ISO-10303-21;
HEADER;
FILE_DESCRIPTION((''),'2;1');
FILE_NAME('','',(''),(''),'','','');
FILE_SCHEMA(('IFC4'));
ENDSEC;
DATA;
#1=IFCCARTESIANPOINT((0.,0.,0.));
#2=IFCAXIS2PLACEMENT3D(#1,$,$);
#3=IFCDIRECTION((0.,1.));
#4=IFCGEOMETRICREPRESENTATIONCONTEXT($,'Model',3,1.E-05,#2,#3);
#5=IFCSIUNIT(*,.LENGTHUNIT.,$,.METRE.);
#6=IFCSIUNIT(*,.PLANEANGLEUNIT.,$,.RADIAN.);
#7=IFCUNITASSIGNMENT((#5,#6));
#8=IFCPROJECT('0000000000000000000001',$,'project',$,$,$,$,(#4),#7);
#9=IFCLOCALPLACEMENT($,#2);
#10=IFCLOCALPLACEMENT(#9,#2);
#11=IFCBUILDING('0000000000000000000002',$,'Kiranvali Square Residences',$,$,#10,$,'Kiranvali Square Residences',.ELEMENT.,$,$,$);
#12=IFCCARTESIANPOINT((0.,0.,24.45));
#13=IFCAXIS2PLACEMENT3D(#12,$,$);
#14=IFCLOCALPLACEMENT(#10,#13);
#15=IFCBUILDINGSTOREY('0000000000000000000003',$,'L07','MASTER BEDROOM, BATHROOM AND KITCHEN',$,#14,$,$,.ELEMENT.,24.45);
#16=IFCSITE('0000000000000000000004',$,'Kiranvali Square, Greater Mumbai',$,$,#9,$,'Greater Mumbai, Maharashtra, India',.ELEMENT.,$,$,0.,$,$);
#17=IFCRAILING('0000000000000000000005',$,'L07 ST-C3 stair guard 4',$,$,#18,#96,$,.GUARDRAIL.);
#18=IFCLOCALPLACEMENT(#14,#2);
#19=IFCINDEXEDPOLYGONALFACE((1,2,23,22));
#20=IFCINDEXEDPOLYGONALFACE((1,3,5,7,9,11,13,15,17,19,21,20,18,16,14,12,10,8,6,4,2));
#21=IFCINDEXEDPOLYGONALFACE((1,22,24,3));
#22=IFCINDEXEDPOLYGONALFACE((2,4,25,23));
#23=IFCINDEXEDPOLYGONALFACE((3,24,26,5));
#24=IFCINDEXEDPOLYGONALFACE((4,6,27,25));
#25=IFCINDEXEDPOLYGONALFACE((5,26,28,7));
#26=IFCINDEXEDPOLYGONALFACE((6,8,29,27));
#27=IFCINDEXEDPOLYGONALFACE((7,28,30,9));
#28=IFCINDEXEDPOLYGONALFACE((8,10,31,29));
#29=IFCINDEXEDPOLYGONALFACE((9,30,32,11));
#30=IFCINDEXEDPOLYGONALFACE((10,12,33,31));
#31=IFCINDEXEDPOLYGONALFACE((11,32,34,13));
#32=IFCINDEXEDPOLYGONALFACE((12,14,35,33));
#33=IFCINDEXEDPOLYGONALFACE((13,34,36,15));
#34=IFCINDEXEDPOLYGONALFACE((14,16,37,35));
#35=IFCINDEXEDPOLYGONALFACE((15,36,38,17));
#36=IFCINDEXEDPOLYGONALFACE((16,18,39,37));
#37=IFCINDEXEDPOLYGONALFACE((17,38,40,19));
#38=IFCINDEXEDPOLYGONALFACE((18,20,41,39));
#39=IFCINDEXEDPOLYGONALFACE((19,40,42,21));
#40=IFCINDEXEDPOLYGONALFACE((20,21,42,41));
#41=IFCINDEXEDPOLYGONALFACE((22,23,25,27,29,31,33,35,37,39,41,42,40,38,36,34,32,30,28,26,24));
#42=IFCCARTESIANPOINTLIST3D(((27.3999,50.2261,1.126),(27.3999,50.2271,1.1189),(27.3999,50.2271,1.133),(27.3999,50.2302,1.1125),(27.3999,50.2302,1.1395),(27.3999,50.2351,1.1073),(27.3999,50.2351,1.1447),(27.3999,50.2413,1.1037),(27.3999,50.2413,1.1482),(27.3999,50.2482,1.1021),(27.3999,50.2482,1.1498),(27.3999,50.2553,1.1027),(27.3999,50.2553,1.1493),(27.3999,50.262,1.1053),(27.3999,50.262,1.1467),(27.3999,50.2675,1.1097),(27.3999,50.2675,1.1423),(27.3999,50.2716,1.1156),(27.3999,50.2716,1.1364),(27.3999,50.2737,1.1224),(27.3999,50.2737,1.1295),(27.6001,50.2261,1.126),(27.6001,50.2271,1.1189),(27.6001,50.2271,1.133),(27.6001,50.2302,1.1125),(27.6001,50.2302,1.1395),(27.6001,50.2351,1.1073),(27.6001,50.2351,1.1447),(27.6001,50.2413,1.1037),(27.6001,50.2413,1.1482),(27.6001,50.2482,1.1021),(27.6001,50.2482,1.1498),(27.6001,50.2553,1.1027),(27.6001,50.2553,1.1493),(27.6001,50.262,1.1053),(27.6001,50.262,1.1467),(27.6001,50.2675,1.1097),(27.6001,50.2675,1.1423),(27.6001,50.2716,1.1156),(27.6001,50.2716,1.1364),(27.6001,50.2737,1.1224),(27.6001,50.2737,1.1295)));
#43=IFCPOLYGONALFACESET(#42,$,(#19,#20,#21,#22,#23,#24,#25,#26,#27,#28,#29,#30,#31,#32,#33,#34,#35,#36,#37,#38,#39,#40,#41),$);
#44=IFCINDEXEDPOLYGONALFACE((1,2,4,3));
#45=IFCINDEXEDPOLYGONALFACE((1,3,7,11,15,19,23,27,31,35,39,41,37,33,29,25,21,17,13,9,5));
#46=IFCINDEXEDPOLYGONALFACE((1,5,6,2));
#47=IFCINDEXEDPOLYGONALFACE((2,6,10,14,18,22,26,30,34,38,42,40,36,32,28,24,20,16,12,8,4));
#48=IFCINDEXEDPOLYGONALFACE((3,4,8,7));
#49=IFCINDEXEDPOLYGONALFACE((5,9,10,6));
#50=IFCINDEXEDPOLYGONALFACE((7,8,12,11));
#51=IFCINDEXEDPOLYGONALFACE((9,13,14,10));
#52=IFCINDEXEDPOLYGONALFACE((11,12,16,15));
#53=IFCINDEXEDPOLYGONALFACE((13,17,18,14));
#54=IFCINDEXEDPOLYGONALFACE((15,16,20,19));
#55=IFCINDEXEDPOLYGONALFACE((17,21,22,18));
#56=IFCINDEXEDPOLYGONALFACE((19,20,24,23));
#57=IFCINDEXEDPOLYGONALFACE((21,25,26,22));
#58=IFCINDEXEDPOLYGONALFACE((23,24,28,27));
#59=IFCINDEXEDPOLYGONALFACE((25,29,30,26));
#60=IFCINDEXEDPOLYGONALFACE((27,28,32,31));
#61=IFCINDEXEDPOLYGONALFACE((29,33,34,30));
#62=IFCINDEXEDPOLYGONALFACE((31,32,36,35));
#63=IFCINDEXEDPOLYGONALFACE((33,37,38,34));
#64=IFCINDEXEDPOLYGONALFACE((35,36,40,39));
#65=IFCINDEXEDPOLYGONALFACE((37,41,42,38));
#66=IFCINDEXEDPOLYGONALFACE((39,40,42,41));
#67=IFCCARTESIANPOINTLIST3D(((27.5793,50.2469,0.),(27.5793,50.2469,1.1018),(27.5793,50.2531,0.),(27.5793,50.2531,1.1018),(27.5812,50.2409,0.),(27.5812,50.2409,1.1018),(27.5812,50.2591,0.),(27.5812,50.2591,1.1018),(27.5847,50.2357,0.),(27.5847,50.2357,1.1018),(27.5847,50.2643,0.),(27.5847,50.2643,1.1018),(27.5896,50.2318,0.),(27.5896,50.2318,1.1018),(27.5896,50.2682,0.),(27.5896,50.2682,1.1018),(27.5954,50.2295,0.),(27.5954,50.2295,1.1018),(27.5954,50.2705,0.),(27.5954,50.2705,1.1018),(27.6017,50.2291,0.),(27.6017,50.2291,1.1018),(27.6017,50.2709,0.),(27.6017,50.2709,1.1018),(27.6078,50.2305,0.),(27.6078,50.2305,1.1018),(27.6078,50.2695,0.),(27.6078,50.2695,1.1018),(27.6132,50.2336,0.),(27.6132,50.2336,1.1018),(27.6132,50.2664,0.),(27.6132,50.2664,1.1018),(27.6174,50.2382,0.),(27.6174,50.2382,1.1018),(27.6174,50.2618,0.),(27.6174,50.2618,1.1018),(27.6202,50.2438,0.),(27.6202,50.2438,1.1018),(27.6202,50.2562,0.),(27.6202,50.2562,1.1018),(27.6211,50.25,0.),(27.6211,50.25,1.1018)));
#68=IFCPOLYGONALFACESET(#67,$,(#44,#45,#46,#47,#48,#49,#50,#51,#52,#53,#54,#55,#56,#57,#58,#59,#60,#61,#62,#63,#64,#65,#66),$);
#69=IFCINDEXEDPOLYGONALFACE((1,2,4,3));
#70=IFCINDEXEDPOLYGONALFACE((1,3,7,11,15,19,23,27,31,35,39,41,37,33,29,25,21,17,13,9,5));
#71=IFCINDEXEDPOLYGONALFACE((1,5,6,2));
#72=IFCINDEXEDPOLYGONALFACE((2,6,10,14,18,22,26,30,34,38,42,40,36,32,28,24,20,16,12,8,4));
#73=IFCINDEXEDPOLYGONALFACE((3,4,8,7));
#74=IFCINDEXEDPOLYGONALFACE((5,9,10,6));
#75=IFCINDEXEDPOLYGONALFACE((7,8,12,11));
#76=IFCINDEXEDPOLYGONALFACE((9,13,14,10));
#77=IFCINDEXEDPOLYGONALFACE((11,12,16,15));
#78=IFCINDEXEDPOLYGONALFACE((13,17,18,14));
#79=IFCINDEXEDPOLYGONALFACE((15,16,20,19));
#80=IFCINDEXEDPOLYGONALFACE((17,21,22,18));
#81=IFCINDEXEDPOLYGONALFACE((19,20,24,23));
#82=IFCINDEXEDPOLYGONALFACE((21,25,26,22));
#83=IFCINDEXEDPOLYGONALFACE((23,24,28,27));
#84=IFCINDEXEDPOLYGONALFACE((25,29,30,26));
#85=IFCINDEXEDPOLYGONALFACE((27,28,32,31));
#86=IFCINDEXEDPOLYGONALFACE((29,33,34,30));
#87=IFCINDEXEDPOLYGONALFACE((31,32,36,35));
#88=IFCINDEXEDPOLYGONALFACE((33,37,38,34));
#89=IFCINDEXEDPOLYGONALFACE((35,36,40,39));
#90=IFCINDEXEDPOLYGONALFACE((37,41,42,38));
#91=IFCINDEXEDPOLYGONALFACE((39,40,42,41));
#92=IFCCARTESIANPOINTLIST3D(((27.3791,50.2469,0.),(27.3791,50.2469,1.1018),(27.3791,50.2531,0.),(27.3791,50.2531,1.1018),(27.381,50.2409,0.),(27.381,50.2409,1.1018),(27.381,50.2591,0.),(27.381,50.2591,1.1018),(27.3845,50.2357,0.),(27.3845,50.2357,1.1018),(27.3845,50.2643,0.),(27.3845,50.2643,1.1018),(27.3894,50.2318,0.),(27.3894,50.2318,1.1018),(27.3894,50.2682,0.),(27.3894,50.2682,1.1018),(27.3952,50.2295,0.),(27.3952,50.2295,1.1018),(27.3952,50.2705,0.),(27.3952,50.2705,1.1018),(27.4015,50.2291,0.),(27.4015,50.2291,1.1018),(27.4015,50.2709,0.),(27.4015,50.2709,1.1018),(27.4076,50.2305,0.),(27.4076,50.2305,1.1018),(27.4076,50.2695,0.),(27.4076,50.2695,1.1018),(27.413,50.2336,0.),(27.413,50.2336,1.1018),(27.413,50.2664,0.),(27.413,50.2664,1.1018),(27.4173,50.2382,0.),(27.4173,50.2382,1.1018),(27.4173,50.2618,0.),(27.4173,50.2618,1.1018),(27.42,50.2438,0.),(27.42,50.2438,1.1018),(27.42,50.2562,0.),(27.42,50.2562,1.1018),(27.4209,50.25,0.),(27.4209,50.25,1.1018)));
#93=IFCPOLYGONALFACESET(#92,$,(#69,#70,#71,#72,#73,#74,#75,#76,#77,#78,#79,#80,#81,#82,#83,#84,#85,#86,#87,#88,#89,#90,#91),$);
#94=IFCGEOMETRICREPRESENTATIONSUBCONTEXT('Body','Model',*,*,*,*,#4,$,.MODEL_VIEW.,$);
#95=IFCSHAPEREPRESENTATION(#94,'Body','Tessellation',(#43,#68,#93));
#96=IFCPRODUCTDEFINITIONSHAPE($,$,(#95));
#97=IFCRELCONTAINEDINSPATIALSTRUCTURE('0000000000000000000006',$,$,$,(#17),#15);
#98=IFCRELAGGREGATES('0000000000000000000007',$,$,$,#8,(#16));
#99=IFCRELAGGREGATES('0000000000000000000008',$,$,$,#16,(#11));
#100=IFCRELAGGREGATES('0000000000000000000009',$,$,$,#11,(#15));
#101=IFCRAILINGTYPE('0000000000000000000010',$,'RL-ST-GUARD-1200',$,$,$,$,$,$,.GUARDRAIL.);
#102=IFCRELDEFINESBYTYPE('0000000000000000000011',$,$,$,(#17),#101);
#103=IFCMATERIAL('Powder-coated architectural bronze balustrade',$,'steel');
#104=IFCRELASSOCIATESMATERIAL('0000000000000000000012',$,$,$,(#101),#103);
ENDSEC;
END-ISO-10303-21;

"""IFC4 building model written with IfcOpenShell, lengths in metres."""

from ifc_helpers import new_model, si_unit, direction, frame, origin, origin_2d, place, context, subcontext, project, spatial, circle, extrude, material, type_object, element, save


model = new_model("IFC4")

# Units and contexts
model_context = context("Model", 3, precision=1e-05, world=origin(), true_north=direction((0.0, 1.0)))
body_context = subcontext(model_context, "Body", "Model", "MODEL_VIEW")
ifc_project = project(units=[si_unit("LENGTHUNIT", "METRE"), si_unit("PLANEANGLEUNIT", "RADIAN")], contexts=[model_context])

# Site, building, storey
site_placement = place(None, origin())
site = spatial("IfcSite", under=ifc_project, at=site_placement, Name="Kiranvali Square, Greater Mumbai", LongName="Greater Mumbai, Maharashtra, India", CompositionType="ELEMENT", RefElevation=0.0)
building_placement = place(site_placement, origin())
building = spatial("IfcBuilding", under=site, at=building_placement, Name="Kiranvali Square Residences", LongName="Kiranvali Square Residences", CompositionType="ELEMENT")
storey_placement = place(building_placement, frame((0.0, 0.0, 24.45)))
storey = spatial("IfcBuildingStorey", under=building, at=storey_placement, Name="L07", Description="MASTER BEDROOM, BATHROOM AND KITCHEN", CompositionType="ELEMENT", Elevation=24.45)

# Railing
ifc_material_1 = material(Name="Powder-coated architectural bronze balustrade", Category="steel")
railing_type_1 = type_object("IfcRailingType", Name="RL-ST-GUARD-1200", PredefinedType="GUARDRAIL", material=ifc_material_1)
railing_1_placement = place(storey_placement, frame((27.6001, 50.25, 0.0)))
element("IfcRailing", 1, at=railing_1_placement, inside=storey, type_object=railing_type_1, Name="L07 ST-C3 stair guard 4", PredefinedType="GUARDRAIL", context=body_context, shape_type="SweptSolid", body=[
    extrude(circle(Radius=0.0239, at=origin_2d()), frame((0.0, 0.0, 1.126), z_axis=(-1.0, 0.0, 0.0), x_axis=(0.0, -1.0, 0.0)), (0.0, 0.0, 1.0), 0.2002),
    extrude(circle(Radius=0.021, at=origin_2d()), origin(), (0.0, 0.0, 1.0), 1.1018),
    extrude(circle(Radius=0.021, at=origin_2d()), frame((-0.2002, 0.0, 0.0)), (0.0, 0.0, 1.0), 1.1018),
])

save(model, "model.ifc")
